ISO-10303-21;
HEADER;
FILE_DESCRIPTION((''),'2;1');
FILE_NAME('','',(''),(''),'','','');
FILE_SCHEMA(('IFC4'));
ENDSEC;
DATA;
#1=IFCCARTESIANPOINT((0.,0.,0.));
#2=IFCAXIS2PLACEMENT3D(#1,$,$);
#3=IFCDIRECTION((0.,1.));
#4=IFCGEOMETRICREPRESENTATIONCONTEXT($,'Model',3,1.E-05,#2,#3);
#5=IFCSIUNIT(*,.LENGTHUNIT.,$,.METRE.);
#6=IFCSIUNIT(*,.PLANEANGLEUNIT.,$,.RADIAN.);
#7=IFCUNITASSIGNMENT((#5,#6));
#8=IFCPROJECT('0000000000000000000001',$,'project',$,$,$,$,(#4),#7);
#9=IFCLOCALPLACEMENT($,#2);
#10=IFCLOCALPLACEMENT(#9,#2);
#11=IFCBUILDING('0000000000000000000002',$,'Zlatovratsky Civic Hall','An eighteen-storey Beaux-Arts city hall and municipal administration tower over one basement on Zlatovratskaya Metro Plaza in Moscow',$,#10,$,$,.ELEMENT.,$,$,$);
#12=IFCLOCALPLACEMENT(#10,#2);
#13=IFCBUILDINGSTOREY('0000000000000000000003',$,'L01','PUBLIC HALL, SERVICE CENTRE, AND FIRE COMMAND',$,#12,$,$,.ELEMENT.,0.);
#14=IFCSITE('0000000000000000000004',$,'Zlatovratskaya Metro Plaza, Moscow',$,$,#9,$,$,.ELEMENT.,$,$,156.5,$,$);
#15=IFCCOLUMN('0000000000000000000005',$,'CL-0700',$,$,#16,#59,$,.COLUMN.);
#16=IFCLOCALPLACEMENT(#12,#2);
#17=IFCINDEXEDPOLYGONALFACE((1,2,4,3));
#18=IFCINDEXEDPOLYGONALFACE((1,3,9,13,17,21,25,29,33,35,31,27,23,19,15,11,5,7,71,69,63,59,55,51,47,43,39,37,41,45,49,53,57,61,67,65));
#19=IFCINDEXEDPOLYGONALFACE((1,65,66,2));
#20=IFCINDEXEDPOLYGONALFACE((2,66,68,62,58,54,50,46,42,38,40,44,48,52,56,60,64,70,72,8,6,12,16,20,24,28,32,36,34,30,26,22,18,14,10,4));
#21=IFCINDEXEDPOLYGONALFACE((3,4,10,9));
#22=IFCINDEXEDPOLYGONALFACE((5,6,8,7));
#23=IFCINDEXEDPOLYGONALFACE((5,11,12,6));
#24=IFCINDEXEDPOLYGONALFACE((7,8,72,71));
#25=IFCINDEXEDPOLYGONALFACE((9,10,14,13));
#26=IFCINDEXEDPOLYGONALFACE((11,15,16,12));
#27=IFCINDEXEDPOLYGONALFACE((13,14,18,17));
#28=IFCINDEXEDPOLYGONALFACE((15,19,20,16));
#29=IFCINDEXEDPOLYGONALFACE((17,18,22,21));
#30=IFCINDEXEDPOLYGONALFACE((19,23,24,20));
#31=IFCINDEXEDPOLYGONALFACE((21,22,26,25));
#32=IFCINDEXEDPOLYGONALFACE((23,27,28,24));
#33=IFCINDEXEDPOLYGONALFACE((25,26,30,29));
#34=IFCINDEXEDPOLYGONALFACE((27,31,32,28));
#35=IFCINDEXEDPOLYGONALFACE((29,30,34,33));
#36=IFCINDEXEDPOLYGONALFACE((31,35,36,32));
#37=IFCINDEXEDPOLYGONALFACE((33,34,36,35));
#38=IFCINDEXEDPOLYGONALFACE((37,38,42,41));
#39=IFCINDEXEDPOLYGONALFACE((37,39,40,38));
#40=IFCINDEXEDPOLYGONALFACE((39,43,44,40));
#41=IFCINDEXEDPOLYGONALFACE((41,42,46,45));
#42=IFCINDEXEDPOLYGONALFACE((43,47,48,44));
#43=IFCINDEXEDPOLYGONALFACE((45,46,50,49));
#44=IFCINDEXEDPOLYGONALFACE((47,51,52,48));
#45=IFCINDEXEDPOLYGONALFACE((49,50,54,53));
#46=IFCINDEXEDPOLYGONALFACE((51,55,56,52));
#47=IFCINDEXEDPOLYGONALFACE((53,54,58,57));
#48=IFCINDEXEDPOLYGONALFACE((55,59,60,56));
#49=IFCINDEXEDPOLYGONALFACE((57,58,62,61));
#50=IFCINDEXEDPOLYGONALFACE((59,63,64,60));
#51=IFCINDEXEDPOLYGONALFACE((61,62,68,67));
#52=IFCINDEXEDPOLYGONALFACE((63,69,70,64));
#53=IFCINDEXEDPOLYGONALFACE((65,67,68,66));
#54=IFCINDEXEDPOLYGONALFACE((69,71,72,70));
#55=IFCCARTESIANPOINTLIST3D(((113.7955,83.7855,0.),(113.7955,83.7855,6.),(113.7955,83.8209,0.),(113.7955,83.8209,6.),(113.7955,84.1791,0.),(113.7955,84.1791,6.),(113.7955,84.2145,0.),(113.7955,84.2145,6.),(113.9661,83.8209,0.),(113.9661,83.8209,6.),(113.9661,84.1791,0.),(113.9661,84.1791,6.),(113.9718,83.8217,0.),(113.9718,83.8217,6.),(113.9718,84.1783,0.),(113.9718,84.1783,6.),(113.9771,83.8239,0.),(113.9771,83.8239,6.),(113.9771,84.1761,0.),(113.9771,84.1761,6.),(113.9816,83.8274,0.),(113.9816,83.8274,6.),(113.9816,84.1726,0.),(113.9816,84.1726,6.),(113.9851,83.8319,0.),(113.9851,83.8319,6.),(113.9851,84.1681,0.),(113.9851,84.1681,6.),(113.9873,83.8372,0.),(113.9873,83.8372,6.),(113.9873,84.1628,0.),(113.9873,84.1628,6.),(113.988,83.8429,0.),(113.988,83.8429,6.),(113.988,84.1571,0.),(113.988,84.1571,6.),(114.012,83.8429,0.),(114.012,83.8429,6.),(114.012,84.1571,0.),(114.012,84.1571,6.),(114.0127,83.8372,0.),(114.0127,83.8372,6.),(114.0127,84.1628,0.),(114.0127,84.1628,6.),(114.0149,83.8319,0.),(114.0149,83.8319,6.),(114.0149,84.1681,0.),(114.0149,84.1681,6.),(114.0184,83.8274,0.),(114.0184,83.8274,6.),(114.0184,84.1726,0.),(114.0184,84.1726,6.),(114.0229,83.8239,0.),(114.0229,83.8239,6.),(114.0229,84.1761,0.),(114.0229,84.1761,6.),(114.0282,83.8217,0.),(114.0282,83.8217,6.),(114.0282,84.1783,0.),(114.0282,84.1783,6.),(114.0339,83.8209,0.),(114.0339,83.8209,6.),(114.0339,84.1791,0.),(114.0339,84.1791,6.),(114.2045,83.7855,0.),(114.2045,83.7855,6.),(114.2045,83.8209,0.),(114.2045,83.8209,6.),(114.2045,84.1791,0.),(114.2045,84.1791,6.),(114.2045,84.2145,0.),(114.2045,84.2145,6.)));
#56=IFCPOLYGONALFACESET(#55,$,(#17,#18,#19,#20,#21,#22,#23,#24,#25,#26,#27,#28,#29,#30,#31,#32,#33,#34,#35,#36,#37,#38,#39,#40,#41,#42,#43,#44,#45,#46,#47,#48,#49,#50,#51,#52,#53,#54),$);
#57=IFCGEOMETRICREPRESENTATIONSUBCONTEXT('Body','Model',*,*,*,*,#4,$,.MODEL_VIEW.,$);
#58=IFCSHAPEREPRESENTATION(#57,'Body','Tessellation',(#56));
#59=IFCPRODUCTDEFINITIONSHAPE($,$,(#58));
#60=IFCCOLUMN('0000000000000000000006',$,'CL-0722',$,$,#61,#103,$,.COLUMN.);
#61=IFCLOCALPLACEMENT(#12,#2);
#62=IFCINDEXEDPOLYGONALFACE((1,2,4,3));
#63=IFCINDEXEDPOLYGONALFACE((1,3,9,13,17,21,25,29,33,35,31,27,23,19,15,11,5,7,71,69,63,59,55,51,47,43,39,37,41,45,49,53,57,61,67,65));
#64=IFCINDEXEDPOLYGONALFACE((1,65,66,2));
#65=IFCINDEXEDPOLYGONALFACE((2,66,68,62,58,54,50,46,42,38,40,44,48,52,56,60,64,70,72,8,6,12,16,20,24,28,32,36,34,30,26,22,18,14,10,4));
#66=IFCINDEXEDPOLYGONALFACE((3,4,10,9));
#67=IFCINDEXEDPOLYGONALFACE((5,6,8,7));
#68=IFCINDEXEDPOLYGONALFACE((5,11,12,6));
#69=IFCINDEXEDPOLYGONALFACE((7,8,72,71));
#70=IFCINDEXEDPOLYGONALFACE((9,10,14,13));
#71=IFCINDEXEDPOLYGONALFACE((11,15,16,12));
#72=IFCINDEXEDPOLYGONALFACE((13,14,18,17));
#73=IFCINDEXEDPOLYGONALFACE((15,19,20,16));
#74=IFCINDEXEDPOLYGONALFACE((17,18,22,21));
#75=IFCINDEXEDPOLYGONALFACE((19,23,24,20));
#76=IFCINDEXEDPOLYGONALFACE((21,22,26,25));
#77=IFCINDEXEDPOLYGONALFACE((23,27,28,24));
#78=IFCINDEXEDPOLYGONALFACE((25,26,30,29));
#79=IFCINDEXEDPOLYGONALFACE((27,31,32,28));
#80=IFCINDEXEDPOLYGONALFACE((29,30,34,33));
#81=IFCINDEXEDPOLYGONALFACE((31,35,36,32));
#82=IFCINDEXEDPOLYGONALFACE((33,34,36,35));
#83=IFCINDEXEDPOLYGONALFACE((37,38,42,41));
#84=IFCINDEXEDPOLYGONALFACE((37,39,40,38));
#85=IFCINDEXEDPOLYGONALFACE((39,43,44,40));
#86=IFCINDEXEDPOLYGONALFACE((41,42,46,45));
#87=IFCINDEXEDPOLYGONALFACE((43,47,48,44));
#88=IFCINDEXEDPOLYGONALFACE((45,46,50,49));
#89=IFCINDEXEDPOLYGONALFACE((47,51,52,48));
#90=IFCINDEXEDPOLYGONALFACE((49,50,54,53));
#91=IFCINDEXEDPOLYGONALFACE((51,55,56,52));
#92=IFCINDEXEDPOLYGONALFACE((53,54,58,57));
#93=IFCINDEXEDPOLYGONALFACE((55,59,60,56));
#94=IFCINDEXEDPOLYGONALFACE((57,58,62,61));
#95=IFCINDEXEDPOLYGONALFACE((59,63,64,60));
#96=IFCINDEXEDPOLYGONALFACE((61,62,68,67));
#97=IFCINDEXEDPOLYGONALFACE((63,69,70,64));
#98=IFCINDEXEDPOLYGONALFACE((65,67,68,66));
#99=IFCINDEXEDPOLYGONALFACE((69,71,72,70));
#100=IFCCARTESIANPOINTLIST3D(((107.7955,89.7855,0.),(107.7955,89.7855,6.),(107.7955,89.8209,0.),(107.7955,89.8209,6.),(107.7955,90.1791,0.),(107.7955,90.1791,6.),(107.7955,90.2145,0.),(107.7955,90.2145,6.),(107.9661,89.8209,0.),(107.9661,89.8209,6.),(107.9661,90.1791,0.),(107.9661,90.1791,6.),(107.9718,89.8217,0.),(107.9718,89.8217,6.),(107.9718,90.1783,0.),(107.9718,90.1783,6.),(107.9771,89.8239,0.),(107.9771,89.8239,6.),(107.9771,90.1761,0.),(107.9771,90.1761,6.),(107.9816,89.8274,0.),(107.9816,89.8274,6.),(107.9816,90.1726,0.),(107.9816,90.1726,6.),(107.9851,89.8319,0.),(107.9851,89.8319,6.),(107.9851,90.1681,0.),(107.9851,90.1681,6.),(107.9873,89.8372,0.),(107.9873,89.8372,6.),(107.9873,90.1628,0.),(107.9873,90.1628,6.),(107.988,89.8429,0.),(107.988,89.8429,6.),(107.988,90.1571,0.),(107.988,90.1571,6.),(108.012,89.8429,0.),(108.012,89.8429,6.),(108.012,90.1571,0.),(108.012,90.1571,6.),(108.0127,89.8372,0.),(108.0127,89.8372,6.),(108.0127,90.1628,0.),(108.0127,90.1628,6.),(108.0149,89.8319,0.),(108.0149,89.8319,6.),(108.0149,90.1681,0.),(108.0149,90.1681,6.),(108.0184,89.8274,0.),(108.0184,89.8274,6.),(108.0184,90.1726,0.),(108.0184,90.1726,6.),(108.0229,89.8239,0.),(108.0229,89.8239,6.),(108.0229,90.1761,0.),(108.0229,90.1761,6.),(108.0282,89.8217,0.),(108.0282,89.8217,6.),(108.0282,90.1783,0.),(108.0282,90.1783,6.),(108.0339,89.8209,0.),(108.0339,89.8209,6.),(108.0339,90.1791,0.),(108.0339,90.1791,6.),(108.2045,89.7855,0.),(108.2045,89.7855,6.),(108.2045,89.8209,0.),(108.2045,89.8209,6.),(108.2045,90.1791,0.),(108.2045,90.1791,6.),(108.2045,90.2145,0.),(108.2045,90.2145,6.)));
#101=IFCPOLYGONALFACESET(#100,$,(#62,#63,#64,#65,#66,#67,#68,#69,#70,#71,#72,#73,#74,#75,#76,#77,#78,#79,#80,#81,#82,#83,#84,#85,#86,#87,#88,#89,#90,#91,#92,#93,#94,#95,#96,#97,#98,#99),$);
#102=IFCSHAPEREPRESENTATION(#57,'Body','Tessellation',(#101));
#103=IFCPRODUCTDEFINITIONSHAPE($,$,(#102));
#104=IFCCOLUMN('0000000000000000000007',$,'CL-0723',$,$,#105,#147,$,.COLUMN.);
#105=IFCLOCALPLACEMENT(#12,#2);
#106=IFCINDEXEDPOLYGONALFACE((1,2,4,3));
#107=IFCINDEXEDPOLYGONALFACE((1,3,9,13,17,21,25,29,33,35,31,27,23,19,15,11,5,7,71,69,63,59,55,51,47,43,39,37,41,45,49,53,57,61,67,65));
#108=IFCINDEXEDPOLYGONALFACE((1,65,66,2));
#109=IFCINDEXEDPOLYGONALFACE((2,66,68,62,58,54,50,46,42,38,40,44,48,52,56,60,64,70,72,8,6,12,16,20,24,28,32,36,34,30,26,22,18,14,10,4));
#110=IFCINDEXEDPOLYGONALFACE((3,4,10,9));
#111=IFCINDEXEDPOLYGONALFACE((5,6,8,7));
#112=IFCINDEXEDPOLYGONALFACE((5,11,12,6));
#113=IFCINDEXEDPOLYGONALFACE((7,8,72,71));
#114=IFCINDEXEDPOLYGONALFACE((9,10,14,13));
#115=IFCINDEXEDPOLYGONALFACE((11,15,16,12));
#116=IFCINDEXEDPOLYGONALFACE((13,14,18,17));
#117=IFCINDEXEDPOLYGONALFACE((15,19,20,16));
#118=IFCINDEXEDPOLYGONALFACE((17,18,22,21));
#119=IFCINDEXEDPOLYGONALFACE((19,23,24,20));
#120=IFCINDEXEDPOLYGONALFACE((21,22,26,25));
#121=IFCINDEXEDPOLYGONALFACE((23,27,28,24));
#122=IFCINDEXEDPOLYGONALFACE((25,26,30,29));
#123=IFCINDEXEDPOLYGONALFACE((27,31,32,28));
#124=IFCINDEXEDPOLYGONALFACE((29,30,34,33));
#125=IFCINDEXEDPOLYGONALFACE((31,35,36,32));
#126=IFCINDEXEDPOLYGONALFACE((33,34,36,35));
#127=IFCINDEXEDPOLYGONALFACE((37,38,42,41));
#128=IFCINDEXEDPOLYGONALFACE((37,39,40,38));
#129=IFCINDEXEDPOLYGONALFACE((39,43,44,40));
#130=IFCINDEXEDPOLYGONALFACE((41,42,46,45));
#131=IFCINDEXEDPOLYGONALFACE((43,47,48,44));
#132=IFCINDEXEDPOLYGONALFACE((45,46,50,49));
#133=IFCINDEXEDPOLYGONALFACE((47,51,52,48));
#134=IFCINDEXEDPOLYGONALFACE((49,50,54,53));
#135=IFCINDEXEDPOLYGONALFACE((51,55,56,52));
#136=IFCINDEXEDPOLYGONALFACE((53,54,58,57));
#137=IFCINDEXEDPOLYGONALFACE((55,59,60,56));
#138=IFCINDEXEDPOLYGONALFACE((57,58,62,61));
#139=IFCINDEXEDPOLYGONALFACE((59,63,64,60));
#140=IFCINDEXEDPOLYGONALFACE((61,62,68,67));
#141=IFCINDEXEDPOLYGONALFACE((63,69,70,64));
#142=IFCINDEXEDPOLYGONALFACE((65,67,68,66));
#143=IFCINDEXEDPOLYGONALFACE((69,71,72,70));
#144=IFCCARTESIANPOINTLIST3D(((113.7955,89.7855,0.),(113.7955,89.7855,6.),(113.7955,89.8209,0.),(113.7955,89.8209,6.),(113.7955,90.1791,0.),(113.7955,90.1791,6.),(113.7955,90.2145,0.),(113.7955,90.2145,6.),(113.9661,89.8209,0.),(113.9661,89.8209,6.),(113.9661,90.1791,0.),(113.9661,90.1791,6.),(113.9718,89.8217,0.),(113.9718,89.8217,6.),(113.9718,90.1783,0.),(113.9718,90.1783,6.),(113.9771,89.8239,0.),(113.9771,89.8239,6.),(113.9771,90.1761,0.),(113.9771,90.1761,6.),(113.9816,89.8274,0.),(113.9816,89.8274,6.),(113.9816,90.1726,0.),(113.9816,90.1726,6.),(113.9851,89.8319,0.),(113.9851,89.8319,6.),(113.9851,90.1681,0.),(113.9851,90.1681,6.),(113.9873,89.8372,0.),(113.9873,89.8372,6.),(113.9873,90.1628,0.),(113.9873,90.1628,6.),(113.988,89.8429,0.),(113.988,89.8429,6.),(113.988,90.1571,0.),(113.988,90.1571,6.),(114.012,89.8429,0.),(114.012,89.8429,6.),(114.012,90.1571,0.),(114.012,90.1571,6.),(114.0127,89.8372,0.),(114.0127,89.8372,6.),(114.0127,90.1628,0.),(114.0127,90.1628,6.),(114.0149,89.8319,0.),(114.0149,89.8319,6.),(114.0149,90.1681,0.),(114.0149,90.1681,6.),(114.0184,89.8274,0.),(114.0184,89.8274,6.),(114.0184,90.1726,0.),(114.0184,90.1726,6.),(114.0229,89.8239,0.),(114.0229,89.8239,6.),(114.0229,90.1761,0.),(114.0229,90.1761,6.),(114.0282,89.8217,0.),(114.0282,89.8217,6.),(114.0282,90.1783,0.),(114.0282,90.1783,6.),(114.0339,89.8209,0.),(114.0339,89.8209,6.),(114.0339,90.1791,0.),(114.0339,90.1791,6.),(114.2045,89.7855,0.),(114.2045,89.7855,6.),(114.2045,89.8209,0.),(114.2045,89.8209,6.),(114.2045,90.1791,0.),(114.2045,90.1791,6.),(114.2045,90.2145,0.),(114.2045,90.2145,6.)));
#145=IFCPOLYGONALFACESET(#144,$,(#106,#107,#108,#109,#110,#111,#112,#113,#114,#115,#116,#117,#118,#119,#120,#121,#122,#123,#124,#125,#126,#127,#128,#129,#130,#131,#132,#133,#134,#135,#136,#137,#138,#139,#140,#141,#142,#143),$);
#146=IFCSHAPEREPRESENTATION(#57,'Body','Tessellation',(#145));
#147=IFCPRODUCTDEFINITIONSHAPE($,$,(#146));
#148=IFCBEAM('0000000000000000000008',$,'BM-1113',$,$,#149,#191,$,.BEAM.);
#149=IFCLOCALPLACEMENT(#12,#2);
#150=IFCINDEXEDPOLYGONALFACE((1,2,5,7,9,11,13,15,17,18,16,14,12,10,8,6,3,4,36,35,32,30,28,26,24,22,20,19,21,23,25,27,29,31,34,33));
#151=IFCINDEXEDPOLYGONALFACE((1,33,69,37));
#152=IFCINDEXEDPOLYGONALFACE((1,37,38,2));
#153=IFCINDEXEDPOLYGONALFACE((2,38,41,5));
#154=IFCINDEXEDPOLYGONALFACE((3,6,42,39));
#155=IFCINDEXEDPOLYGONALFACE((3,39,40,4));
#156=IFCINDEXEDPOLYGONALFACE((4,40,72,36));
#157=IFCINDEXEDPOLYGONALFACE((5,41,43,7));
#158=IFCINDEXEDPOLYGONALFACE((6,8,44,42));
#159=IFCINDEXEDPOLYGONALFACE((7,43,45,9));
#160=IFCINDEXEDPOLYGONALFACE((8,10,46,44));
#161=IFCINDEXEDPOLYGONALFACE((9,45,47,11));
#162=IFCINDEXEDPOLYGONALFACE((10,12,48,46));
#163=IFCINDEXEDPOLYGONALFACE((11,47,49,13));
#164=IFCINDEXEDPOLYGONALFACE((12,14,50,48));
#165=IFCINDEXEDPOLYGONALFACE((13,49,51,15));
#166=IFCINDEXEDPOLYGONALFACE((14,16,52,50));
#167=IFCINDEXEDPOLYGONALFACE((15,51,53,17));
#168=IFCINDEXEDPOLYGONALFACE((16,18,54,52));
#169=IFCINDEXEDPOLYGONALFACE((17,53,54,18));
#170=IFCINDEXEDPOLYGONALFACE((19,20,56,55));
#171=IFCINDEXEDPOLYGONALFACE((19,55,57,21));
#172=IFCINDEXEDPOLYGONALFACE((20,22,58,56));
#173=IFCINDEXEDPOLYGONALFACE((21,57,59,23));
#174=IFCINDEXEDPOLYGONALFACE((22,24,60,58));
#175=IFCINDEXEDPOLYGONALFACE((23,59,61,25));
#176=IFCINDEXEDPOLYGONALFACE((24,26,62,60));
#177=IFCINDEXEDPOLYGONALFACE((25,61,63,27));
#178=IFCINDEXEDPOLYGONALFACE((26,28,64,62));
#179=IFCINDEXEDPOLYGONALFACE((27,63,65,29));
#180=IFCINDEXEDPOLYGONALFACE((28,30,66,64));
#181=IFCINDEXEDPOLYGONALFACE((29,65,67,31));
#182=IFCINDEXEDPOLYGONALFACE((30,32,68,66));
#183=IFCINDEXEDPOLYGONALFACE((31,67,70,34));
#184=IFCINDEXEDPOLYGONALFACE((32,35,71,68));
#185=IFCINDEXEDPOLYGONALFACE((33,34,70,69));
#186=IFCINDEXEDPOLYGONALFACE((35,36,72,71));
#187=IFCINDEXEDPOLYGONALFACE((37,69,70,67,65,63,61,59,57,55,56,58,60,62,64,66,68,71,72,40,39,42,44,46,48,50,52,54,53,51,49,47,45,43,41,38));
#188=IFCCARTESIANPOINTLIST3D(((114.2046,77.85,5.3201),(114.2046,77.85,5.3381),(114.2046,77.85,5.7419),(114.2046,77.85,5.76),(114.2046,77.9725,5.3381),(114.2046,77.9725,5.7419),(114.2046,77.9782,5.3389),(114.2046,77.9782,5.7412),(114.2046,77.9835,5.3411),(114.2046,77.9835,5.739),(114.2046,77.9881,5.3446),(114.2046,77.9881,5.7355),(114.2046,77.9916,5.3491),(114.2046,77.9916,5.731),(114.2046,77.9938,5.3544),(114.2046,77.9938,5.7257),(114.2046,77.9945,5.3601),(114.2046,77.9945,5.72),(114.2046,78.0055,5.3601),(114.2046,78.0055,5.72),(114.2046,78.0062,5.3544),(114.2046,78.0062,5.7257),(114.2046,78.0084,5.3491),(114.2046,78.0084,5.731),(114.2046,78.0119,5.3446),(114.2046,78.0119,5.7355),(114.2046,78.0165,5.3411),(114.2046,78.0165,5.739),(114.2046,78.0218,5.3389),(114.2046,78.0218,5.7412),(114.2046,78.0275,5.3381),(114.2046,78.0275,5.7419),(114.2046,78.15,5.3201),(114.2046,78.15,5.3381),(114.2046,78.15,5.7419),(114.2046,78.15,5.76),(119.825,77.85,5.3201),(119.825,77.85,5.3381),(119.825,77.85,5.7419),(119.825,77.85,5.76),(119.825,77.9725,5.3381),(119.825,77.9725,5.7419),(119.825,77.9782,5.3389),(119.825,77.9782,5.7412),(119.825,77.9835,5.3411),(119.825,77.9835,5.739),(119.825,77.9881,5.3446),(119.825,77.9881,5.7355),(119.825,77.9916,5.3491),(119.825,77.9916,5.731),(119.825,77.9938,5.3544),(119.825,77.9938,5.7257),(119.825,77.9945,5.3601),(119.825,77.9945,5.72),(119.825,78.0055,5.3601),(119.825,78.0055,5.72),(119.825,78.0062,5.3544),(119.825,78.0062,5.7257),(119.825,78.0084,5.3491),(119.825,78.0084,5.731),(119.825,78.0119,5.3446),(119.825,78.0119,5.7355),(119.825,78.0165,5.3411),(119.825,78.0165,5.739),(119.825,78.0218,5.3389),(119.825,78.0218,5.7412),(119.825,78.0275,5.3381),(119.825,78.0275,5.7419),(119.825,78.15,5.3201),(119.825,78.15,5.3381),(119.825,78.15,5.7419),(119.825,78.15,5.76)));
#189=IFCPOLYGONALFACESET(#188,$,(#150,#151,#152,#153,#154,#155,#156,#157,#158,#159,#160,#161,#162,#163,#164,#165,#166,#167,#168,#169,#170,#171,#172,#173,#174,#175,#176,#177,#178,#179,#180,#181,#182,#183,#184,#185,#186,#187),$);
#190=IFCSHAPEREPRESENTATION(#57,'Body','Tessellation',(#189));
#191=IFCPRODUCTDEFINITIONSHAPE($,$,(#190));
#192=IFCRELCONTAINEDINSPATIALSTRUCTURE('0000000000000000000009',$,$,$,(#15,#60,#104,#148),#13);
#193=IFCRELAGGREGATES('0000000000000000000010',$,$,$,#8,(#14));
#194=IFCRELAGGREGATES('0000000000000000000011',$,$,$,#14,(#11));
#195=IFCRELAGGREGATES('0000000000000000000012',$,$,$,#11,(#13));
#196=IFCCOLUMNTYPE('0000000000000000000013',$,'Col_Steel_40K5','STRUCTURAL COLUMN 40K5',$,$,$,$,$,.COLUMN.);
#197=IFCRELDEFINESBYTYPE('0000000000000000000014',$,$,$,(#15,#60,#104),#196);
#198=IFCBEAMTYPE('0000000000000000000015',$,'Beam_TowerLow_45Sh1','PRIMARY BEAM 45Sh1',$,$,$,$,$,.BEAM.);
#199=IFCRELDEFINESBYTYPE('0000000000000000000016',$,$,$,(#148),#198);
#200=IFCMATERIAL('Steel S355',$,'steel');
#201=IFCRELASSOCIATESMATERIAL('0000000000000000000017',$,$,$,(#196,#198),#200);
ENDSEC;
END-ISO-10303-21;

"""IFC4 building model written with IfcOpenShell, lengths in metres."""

from ifc_helpers import new_model, si_unit, direction, frame, origin, origin_2d, place, context, subcontext, project, spatial, i_section, extrude, material, material_profile, profile_set, type_object, element, save


model = new_model("IFC4")

# Units and contexts
model_context = context("Model", 3, precision=1e-05, world=origin(), true_north=direction((0.0, 1.0)))
body_context = subcontext(model_context, "Body", "Model", "MODEL_VIEW")
ifc_project = project(units=[si_unit("LENGTHUNIT", "METRE"), si_unit("PLANEANGLEUNIT", "RADIAN")], contexts=[model_context])

# Site, building, storey
site_placement = place(None, origin())
site = spatial("IfcSite", under=ifc_project, at=site_placement, Name="Zlatovratskaya Metro Plaza, Moscow", CompositionType="ELEMENT", RefElevation=156.5)
building_placement = place(site_placement, origin())
building = spatial("IfcBuilding", under=site, at=building_placement, Name="Zlatovratsky Civic Hall", Description="An eighteen-storey Beaux-Arts city hall and municipal administration tower over one basement on Zlatovratskaya Metro Plaza in Moscow", CompositionType="ELEMENT")
storey_placement = place(building_placement, origin())
storey = spatial("IfcBuildingStorey", under=building, at=storey_placement, Name="L01", Description="PUBLIC HALL, SERVICE CENTRE, AND FIRE COMMAND", CompositionType="ELEMENT", Elevation=0.0)

# Columns
ifc_material_1 = material(Name="Steel S355", Category="steel")
ifc_material_profile_1 = material_profile(ifc_material_1, i_section(OverallWidth=0.4089, OverallDepth=0.429, WebThickness=0.0239, FlangeThickness=0.0354, FilletRadius=0.022, at=origin_2d()), Name="40K5")
ifc_profile_set_1 = profile_set([ifc_material_profile_1], Name="Steel S355")
column_type_1 = type_object("IfcColumnType", Name="Col_Steel_40K5", Description="STRUCTURAL COLUMN 40K5", PredefinedType="COLUMN", material=ifc_profile_set_1)
for number, where, z_axis, x_axis, name in (
    (1, (114.0, 84.0, 0.0), (0.0, 0.0, 1.0), (1.0, 0.0, 0.0), "CL-0700"),
    (2, (108.0, 90.0, 0.0), (0.0, 0.0, 1.0), (1.0, 0.0, 0.0), "CL-0722"),
    (3, (114.0, 90.0, 0.0), (0.0, 0.0, 1.0), (1.0, 0.0, 0.0), "CL-0723"),
):
    element("IfcColumn", number, at=place(storey_placement, frame(where, z_axis=z_axis, x_axis=x_axis)), inside=storey, type_object=column_type_1, Name=name, PredefinedType="COLUMN", context=body_context, shape_type="SweptSolid", body=[
        extrude(i_section(OverallWidth=0.4089, OverallDepth=0.429, WebThickness=0.0239, FlangeThickness=0.0354, FilletRadius=0.022, at=origin_2d()), origin(), (0.0, 0.0, 1.0), 6.0),
    ])

# Beam
ifc_material_profile_2 = material_profile(ifc_material_1, i_section(OverallWidth=0.3, OverallDepth=0.4399, WebThickness=0.011, FlangeThickness=0.0181, FilletRadius=0.022, at=origin_2d()), Name="45Sh1")
ifc_profile_set_2 = profile_set([ifc_material_profile_2], Name="Steel S355")
beam_type = type_object("IfcBeamType", Name="Beam_TowerLow_45Sh1", Description="PRIMARY BEAM 45Sh1", PredefinedType="BEAM", material=ifc_profile_set_2)
beam_1_placement = place(storey_placement, frame((114.2046, 78.0, 5.54), z_axis=(1.0, 0.0, 0.0), x_axis=(0.0, 1.0, 0.0)))
element("IfcBeam", 4, at=beam_1_placement, inside=storey, type_object=beam_type, Name="BM-1113", PredefinedType="BEAM", context=body_context, shape_type="SweptSolid", body=[
    extrude(i_section(OverallWidth=0.3, OverallDepth=0.4399, WebThickness=0.011, FlangeThickness=0.0181, FilletRadius=0.022, at=origin_2d()), origin(), (0.0, 0.0, 1.0), 5.6204),
])

save(model, "model.ifc")
